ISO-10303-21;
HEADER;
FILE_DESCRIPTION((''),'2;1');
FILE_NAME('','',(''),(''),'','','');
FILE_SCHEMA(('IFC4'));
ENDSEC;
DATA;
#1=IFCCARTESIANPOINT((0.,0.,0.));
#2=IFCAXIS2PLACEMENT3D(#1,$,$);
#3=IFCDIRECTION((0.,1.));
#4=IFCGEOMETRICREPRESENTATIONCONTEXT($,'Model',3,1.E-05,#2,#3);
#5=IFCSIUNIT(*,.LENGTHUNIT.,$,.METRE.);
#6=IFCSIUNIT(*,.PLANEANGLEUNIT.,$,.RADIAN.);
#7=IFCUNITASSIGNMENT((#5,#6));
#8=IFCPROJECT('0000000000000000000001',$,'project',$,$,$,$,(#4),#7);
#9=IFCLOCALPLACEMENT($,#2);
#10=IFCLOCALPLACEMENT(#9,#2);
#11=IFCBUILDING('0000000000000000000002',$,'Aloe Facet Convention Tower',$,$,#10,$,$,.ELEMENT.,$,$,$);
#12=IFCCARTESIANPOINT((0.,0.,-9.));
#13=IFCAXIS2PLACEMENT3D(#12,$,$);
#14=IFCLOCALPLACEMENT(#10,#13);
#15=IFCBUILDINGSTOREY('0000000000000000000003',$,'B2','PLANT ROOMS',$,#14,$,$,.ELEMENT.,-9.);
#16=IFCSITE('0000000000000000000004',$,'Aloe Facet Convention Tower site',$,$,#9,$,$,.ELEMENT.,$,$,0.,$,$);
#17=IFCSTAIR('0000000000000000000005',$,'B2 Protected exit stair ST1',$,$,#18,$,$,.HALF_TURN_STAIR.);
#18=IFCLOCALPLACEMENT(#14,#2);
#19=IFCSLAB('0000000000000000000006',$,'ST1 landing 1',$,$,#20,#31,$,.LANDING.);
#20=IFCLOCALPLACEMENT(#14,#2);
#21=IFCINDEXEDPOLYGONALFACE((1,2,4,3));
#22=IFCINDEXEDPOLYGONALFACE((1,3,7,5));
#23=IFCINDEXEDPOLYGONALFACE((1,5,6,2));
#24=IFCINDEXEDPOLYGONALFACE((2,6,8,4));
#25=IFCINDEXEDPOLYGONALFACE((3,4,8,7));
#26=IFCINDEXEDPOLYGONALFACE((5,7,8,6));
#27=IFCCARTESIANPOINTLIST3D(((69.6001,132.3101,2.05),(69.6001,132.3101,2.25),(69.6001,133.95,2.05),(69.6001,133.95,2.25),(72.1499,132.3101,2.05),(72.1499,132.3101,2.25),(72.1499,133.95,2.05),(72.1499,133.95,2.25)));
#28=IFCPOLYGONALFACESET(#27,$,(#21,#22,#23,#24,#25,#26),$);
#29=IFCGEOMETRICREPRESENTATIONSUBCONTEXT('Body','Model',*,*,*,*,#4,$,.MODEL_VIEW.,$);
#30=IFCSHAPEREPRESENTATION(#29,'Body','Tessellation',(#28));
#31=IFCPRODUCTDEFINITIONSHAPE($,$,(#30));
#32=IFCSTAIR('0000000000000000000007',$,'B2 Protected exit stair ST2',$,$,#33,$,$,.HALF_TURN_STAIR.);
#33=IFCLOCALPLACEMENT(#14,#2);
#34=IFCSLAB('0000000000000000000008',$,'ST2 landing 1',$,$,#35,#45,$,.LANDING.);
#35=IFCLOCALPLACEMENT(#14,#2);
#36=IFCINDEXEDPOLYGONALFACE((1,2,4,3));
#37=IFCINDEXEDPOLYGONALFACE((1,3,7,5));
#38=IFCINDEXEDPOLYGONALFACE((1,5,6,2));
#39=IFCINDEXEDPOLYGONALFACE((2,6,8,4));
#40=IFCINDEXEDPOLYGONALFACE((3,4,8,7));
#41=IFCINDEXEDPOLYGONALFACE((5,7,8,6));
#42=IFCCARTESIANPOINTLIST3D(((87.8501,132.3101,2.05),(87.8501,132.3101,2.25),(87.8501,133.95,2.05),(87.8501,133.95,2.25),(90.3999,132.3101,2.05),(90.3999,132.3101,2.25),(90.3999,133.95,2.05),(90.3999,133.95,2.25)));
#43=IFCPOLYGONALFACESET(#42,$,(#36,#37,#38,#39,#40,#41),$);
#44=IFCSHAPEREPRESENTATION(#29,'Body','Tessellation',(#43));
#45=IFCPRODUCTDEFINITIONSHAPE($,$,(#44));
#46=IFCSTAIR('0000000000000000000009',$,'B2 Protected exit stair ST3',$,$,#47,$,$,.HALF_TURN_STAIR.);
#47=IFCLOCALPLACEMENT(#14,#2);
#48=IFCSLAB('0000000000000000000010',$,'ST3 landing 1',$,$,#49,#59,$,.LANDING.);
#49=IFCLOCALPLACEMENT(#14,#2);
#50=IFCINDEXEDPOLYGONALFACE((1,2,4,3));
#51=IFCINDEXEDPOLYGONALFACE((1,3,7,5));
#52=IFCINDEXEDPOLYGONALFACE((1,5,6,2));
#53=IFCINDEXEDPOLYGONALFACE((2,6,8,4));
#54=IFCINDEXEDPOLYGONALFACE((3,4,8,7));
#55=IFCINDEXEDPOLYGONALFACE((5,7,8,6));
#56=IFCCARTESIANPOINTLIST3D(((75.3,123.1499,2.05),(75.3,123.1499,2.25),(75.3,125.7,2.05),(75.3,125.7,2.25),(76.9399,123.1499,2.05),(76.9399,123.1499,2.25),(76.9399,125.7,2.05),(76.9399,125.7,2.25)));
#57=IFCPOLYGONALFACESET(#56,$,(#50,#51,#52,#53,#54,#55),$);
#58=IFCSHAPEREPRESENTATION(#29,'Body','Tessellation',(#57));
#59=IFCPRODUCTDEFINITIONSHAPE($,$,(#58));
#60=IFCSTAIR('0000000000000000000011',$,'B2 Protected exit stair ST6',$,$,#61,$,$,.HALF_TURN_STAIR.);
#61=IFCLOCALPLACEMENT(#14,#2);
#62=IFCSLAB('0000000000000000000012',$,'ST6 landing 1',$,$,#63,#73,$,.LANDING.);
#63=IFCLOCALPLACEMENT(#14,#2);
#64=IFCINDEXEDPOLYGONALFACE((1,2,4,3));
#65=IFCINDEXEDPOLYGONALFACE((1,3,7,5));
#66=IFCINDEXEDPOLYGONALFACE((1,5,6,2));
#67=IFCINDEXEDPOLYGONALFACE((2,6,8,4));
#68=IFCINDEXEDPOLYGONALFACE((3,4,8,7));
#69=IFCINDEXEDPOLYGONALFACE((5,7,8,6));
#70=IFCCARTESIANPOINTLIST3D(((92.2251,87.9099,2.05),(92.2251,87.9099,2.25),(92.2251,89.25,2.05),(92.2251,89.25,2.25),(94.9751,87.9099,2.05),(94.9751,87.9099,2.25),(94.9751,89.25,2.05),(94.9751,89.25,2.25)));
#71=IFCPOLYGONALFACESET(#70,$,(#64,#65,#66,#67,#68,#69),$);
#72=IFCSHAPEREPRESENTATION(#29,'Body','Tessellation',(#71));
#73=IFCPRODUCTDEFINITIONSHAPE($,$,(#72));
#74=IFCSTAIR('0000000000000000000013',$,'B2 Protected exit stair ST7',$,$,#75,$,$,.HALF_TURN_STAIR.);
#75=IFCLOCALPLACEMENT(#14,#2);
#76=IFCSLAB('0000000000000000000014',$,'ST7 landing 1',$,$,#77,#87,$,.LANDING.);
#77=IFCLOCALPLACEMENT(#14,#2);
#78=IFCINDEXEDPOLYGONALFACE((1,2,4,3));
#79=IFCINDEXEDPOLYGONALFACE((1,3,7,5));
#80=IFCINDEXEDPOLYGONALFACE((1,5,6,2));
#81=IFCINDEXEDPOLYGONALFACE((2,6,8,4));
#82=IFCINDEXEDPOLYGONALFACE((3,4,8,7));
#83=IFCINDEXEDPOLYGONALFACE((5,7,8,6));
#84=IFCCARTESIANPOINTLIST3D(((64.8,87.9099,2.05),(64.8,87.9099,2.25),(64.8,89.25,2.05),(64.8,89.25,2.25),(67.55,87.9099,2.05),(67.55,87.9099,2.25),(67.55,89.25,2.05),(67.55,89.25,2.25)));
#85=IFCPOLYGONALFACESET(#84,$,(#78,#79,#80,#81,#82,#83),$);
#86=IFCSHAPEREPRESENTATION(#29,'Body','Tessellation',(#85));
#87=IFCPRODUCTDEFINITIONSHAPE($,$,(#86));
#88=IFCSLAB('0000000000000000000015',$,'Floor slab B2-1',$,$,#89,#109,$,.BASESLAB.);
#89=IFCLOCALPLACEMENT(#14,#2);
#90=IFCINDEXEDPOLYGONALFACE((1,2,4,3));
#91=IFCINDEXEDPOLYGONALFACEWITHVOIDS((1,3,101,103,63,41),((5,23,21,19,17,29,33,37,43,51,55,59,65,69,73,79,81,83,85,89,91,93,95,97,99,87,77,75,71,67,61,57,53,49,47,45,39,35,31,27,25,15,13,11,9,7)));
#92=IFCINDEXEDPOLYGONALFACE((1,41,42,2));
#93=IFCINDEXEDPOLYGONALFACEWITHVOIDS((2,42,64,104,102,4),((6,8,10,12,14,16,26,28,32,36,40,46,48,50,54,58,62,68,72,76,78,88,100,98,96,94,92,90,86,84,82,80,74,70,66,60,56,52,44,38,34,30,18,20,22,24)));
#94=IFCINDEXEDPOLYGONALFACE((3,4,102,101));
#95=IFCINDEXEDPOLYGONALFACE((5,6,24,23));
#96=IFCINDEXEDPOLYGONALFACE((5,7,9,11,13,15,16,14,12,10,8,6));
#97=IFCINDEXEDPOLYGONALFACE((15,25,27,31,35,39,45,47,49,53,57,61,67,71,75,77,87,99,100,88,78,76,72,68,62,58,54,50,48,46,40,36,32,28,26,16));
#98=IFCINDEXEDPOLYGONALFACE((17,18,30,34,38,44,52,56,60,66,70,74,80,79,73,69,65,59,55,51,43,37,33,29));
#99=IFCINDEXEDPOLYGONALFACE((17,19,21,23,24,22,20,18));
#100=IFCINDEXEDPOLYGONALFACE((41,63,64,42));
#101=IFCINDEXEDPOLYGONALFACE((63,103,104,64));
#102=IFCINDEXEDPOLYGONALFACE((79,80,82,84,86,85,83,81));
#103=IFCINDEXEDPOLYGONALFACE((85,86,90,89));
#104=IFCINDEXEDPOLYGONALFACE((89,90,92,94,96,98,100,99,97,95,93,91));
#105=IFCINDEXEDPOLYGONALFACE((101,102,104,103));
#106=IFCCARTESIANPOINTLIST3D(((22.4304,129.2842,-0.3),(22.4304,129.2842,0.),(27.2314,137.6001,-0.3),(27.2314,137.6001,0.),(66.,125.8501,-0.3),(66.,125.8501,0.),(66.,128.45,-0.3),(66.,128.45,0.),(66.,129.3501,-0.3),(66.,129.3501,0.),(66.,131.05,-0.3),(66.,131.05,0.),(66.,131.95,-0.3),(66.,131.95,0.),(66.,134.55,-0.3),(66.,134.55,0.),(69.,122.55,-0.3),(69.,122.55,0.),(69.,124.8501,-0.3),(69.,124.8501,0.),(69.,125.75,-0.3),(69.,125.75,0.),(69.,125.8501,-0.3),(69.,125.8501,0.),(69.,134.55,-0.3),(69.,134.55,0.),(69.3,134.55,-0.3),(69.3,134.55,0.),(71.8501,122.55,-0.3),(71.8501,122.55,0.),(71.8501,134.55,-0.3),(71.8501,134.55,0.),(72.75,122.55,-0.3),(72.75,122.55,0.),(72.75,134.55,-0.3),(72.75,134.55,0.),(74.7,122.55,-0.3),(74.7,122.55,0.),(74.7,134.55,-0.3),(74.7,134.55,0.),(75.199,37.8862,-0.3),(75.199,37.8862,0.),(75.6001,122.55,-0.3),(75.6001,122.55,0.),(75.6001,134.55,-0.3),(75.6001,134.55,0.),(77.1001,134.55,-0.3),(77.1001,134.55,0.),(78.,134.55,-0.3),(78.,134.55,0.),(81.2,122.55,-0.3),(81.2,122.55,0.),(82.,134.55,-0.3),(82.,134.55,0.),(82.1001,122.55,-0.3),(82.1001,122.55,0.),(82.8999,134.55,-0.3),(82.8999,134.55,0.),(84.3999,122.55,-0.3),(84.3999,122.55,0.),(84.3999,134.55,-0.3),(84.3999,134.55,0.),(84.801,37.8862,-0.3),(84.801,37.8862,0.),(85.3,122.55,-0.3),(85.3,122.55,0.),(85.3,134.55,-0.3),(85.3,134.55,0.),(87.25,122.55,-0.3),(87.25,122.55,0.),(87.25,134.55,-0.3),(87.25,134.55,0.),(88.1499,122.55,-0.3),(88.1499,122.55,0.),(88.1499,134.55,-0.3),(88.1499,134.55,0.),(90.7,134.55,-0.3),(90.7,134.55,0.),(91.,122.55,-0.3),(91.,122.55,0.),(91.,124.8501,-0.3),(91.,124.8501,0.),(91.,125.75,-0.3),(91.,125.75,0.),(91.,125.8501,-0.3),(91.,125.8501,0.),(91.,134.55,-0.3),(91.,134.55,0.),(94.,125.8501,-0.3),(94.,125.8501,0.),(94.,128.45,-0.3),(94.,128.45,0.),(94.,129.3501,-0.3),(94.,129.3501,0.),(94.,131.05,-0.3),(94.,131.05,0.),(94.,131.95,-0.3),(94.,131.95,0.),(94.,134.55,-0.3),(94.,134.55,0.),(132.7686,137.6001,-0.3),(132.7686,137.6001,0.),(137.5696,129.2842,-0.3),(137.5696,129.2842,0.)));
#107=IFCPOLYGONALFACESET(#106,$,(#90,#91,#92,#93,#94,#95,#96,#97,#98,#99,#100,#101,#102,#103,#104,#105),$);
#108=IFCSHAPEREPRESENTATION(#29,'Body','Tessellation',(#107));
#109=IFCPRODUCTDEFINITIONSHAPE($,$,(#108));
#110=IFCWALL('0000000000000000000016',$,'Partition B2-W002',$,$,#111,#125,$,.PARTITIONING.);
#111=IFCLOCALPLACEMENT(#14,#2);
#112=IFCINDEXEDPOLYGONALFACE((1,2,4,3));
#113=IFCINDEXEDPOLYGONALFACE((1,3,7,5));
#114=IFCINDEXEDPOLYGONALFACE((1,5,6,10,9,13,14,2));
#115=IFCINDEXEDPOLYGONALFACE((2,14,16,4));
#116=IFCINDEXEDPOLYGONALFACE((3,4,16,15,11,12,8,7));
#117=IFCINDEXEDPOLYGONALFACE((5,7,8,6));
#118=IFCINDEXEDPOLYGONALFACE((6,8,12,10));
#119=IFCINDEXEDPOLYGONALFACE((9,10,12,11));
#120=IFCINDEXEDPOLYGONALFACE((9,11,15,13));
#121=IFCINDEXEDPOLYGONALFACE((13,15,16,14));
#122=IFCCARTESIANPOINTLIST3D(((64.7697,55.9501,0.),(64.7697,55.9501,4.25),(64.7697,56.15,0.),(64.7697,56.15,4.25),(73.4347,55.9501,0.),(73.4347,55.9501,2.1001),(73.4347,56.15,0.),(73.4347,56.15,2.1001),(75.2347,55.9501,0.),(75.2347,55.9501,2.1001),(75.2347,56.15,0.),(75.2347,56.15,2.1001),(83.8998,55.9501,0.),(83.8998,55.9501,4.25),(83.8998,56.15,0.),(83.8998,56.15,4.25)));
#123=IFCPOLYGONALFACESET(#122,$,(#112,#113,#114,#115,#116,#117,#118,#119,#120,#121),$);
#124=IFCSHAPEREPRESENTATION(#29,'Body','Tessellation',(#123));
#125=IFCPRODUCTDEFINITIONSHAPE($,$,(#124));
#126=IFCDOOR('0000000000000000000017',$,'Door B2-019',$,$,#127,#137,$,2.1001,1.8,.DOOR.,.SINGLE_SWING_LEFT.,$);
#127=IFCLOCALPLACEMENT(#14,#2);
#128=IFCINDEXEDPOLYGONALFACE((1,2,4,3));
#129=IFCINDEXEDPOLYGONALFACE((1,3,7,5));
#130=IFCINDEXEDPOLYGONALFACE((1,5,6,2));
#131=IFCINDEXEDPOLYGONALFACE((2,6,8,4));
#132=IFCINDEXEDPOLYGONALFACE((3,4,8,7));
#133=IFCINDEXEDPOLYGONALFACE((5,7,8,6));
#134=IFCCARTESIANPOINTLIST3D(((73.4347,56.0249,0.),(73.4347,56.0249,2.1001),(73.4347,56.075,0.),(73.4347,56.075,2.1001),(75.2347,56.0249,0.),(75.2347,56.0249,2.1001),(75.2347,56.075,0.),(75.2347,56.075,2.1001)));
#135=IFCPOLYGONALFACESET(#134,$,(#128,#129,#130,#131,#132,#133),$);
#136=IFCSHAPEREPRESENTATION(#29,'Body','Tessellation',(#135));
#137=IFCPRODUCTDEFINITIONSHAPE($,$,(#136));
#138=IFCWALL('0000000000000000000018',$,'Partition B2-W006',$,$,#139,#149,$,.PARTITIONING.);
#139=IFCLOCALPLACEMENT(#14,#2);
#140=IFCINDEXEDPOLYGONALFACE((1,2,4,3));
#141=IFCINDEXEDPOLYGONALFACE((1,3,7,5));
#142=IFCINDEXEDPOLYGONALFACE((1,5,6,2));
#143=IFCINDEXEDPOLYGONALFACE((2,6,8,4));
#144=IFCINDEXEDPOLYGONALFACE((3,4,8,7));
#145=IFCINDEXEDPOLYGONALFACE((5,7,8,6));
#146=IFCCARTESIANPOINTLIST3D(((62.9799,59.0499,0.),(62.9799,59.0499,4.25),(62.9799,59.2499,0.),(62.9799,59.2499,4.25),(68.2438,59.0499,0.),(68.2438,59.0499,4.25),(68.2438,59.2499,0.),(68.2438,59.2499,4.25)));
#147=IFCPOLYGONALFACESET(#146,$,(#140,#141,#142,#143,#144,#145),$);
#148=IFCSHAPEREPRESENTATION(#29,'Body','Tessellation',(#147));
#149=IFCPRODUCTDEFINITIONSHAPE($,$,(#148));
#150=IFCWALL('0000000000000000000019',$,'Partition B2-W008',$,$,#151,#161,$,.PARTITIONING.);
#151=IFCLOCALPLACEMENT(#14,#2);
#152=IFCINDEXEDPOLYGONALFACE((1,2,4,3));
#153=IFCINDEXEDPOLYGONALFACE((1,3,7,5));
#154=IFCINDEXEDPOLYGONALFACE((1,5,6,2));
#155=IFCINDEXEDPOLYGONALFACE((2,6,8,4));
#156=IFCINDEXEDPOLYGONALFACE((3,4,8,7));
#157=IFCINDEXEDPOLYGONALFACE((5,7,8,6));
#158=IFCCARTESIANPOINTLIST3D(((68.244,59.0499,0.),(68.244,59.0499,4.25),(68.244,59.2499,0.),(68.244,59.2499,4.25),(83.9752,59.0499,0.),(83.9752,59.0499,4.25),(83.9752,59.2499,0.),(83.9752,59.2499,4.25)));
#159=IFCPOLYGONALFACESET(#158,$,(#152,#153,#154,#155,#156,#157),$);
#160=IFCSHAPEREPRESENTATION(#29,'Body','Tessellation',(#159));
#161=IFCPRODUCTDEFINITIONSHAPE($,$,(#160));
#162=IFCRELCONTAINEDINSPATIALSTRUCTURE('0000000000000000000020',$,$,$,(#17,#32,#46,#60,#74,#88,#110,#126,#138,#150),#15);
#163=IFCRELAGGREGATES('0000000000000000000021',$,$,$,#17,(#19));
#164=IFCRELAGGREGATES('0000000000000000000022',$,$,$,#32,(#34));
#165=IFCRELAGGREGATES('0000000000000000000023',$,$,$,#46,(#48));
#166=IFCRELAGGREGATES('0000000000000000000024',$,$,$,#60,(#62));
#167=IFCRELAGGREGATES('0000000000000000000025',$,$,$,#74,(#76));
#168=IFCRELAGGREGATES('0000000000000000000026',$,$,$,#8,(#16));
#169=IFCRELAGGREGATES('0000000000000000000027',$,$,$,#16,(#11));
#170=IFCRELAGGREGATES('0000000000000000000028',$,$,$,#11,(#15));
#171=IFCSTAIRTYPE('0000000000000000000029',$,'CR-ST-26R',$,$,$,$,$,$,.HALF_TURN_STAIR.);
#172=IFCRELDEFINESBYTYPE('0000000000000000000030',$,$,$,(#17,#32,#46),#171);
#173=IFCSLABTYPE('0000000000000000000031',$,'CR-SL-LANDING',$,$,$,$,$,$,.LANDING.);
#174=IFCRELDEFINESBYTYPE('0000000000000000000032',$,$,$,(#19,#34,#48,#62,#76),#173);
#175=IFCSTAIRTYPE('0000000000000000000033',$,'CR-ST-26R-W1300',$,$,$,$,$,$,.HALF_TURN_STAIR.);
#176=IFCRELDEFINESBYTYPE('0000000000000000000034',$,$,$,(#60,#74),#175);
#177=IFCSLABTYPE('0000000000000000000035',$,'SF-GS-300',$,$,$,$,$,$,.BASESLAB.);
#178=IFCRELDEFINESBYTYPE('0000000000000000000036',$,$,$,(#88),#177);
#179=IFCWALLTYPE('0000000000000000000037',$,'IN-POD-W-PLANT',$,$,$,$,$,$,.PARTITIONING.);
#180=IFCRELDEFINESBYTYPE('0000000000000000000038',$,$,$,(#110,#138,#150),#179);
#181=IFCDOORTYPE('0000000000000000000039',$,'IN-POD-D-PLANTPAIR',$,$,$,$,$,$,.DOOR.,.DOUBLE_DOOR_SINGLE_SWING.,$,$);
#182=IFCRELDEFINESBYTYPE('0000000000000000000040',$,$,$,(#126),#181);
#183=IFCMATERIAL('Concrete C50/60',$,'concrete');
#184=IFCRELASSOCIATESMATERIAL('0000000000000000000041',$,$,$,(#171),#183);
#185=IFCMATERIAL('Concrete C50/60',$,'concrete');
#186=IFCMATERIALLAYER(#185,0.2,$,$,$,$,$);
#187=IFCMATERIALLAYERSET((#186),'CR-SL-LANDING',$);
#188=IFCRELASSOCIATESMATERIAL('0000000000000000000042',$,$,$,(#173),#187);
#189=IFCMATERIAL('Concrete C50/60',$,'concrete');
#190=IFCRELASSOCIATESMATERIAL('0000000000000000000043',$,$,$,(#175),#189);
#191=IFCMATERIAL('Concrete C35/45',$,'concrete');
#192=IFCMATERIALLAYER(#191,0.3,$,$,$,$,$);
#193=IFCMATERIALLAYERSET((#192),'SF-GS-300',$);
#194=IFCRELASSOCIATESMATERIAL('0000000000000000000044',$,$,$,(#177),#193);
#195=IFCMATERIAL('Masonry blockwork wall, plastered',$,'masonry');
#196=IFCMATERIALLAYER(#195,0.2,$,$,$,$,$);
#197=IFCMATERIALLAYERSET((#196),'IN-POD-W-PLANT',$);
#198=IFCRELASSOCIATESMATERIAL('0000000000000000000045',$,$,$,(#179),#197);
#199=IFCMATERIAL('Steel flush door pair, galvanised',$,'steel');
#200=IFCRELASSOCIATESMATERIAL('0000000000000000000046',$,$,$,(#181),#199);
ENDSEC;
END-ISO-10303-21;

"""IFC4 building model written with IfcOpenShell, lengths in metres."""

from ifc_helpers import new_model, si_unit, direction, frame, frame_2d, origin, place, context, subcontext, project, spatial, polyline, rectangle, outline, extrude, material, layer, layer_set, type_object, element, fill, aggregate, save


model = new_model("IFC4")

# Units and contexts
model_context = context("Model", 3, precision=1e-05, world=origin(), true_north=direction((0.0, 1.0)))
body_context = subcontext(model_context, "Body", "Model", "MODEL_VIEW")
ifc_project = project(units=[si_unit("LENGTHUNIT", "METRE"), si_unit("PLANEANGLEUNIT", "RADIAN")], contexts=[model_context])

# Site, building, storey
site_placement = place(None, origin())
site = spatial("IfcSite", under=ifc_project, at=site_placement, Name="Aloe Facet Convention Tower site", CompositionType="ELEMENT", RefElevation=0.0)
building_placement = place(site_placement, origin())
building = spatial("IfcBuilding", under=site, at=building_placement, Name="Aloe Facet Convention Tower", CompositionType="ELEMENT")
storey_placement = place(building_placement, frame((0.0, 0.0, -9.0)))
storey = spatial("IfcBuildingStorey", under=building, at=storey_placement, Name="B2", Description="PLANT ROOMS", CompositionType="ELEMENT", Elevation=-9.0)

# Stairs, slabs
ifc_material_1 = material(Name="Concrete C50/60", Category="concrete")
stair_type_1 = type_object("IfcStairType", Name="CR-ST-26R", PredefinedType="HALF_TURN_STAIR", material=ifc_material_1)
stair_1_placement = place(storey_placement, origin())
stair_1 = element("IfcStair", 1, at=stair_1_placement, inside=storey, type_object=stair_type_1, Name="B2 Protected exit stair ST1", PredefinedType="HALF_TURN_STAIR")
ifc_material_2 = material(Name="Concrete C50/60", Category="concrete")
ifc_layer_1 = layer(ifc_material_2, 0.2)
ifc_layer_set_1 = layer_set([ifc_layer_1], Name="CR-SL-LANDING")
slab_type_1 = type_object("IfcSlabType", Name="CR-SL-LANDING", PredefinedType="LANDING", material=ifc_layer_set_1)
slab_1_placement = place(storey_placement, frame((0.0, 0.0, 2.05)))
slab_1 = element("IfcSlab", 2, at=slab_1_placement, type_object=slab_type_1, Name="ST1 landing 1", PredefinedType="LANDING", context=body_context, shape_type="SweptSolid", body=[
    extrude(outline(polyline([(72.1499, 132.3101), (72.1499, 133.95), (69.6001, 133.95), (69.6001, 132.3101), (72.1499, 132.3101)])), origin(), (0.0, 0.0, 1.0), 0.2),
])
aggregate(stair_1, [slab_1])
stair_2_placement = place(storey_placement, origin())
stair_2 = element("IfcStair", 3, at=stair_2_placement, inside=storey, type_object=stair_type_1, Name="B2 Protected exit stair ST2", PredefinedType="HALF_TURN_STAIR")
slab_2_placement = place(storey_placement, frame((0.0, 0.0, 2.05)))
slab_2 = element("IfcSlab", 4, at=slab_2_placement, type_object=slab_type_1, Name="ST2 landing 1", PredefinedType="LANDING", context=body_context, shape_type="SweptSolid", body=[
    extrude(outline(polyline([(90.3999, 132.3101), (90.3999, 133.95), (87.8501, 133.95), (87.8501, 132.3101), (90.3999, 132.3101)])), origin(), (0.0, 0.0, 1.0), 0.2),
])
aggregate(stair_2, [slab_2])
stair_3_placement = place(storey_placement, origin())
stair_3 = element("IfcStair", 5, at=stair_3_placement, inside=storey, type_object=stair_type_1, Name="B2 Protected exit stair ST3", PredefinedType="HALF_TURN_STAIR")
slab_3_placement = place(storey_placement, frame((0.0, 0.0, 2.05)))
slab_3 = element("IfcSlab", 6, at=slab_3_placement, type_object=slab_type_1, Name="ST3 landing 1", PredefinedType="LANDING", context=body_context, shape_type="SweptSolid", body=[
    extrude(outline(polyline([(76.9399, 125.7), (75.3, 125.7), (75.3, 123.1499), (76.9399, 123.1499), (76.9399, 125.7)])), origin(), (0.0, 0.0, 1.0), 0.2),
])
aggregate(stair_3, [slab_3])
ifc_material_3 = material(Name="Concrete C50/60", Category="concrete")
stair_type_2 = type_object("IfcStairType", Name="CR-ST-26R-W1300", PredefinedType="HALF_TURN_STAIR", material=ifc_material_3)
stair_4_placement = place(storey_placement, origin())
stair_4 = element("IfcStair", 7, at=stair_4_placement, inside=storey, type_object=stair_type_2, Name="B2 Protected exit stair ST6", PredefinedType="HALF_TURN_STAIR")
slab_4_placement = place(storey_placement, frame((0.0, 0.0, 2.05)))
slab_4 = element("IfcSlab", 8, at=slab_4_placement, type_object=slab_type_1, Name="ST6 landing 1", PredefinedType="LANDING", context=body_context, shape_type="SweptSolid", body=[
    extrude(outline(polyline([(94.9751, 87.9099), (94.9751, 89.25), (92.2251, 89.25), (92.2251, 87.9099), (94.9751, 87.9099)])), origin(), (0.0, 0.0, 1.0), 0.2),
])
aggregate(stair_4, [slab_4])
stair_5_placement = place(storey_placement, origin())
stair_5 = element("IfcStair", 9, at=stair_5_placement, inside=storey, type_object=stair_type_2, Name="B2 Protected exit stair ST7", PredefinedType="HALF_TURN_STAIR")
slab_5_placement = place(storey_placement, frame((0.0, 0.0, 2.05)))
slab_5 = element("IfcSlab", 10, at=slab_5_placement, type_object=slab_type_1, Name="ST7 landing 1", PredefinedType="LANDING", context=body_context, shape_type="SweptSolid", body=[
    extrude(outline(polyline([(67.55, 87.9099), (67.55, 89.25), (64.8, 89.25), (64.8, 87.9099), (67.55, 87.9099)])), origin(), (0.0, 0.0, 1.0), 0.2),
])
aggregate(stair_5, [slab_5])

# Slab
ifc_material_4 = material(Name="Concrete C35/45", Category="concrete")
ifc_layer_2 = layer(ifc_material_4, 0.3)
ifc_layer_set_2 = layer_set([ifc_layer_2], Name="SF-GS-300")
slab_type_2 = type_object("IfcSlabType", Name="SF-GS-300", PredefinedType="BASESLAB", material=ifc_layer_set_2)
slab_6_placement = place(storey_placement, frame((0.0, 0.0, -0.3)))
element("IfcSlab", 11, at=slab_6_placement, inside=storey, type_object=slab_type_2, Name="Floor slab B2-1", PredefinedType="BASESLAB", context=body_context, shape_type="SweptSolid", body=[
    extrude(outline(polyline([(84.801, 37.8862), (75.199, 37.8862), (22.4304, 129.2842), (27.2314, 137.6001), (132.7686, 137.6001), (137.5696, 129.2842), (84.801, 37.8862)]), holes=[polyline([(66.0, 131.95), (66.0, 131.05), (66.0, 129.3501), (66.0, 128.45), (66.0, 125.8501), (69.0, 125.8501), (69.0, 125.75), (69.0, 124.8501), (69.0, 122.55), (71.8501, 122.55), (72.75, 122.55), (74.7, 122.55), (75.6001, 122.55), (81.2, 122.55), (82.1001, 122.55), (84.3999, 122.55), (85.3, 122.55), (87.25, 122.55), (88.1499, 122.55), (91.0, 122.55), (91.0, 124.8501), (91.0, 125.75), (91.0, 125.8501), (94.0, 125.8501), (94.0, 128.45), (94.0, 129.3501), (94.0, 131.05), (94.0, 131.95), (94.0, 134.55), (91.0, 134.55), (90.7, 134.55), (88.1499, 134.55), (87.25, 134.55), (85.3, 134.55), (84.3999, 134.55), (82.8999, 134.55), (82.0, 134.55), (78.0, 134.55), (77.1001, 134.55), (75.6001, 134.55), (74.7, 134.55), (72.75, 134.55), (71.8501, 134.55), (69.3, 134.55), (69.0, 134.55), (66.0, 134.55), (66.0, 131.95)])]), origin(), (0.0, 0.0, 1.0), 0.3),
])

# Wall, opening, door
ifc_material_5 = material(Name="Masonry blockwork wall, plastered", Category="masonry")
ifc_layer_3 = layer(ifc_material_5, 0.2)
ifc_layer_set_3 = layer_set([ifc_layer_3], Name="IN-POD-W-PLANT")
wall_type = type_object("IfcWallType", Name="IN-POD-W-PLANT", PredefinedType="PARTITIONING", material=ifc_layer_set_3)
wall_1_placement = place(storey_placement, frame((64.7698, 56.05, 0.0), z_axis=(0.0, 0.0, 1.0), x_axis=(1.0, 0.0, 0.0)))
wall_1 = element("IfcWall", 12, at=wall_1_placement, inside=storey, type_object=wall_type, Name="Partition B2-W002", PredefinedType="PARTITIONING", context=body_context, shape_type="SweptSolid", body=[
    extrude(rectangle(XDim=19.1301, YDim=0.2, at=frame_2d((9.5649, 0.0))), origin(), (0.0, 0.0, 1.0), 4.25),
])
opening_placement = place(wall_1_placement, frame((8.665, 0.0, 0.0)))
opening = element("IfcOpeningElement", 13, at=opening_placement, cuts=wall_1, PredefinedType="OPENING", context=body_context, shape_type="SweptSolid", body=[
    extrude(rectangle(XDim=1.8, YDim=2.1001, at=frame_2d((0.8999, 1.05))), frame((0.0, 0.1099, 0.0), z_axis=(0.0, -1.0, 0.0), x_axis=(1.0, 0.0, 0.0)), (0.0, 0.0, 1.0), 0.22),
])
ifc_material_6 = material(Name="Steel flush door pair, galvanised", Category="steel")
door_type = type_object("IfcDoorType", Name="IN-POD-D-PLANTPAIR", OperationType="DOUBLE_DOOR_SINGLE_SWING", PredefinedType="DOOR", material=ifc_material_6)
door_placement = place(opening_placement, origin())
door = element("IfcDoor", 14, at=door_placement, inside=storey, type_object=door_type, Name="Door B2-019", OperationType="SINGLE_SWING_LEFT", OverallHeight=2.1001, OverallWidth=1.8, PredefinedType="DOOR", context=body_context, shape_type="SweptSolid", body=[
    extrude(rectangle(XDim=1.8, YDim=2.1001, at=frame_2d((0.8999, 1.05))), frame((0.0, 0.0249, 0.0), z_axis=(0.0, -1.0, 0.0), x_axis=(1.0, 0.0, 0.0)), (0.0, 0.0, 1.0), 0.05),
])
fill(opening, door)

# Walls
wall_2_placement = place(storey_placement, frame((62.98, 59.1499, 0.0), z_axis=(0.0, 0.0, 1.0), x_axis=(1.0, 0.0, 0.0)))
element("IfcWall", 15, at=wall_2_placement, inside=storey, type_object=wall_type, Name="Partition B2-W006", PredefinedType="PARTITIONING", context=body_context, shape_type="SweptSolid", body=[
    extrude(rectangle(XDim=5.2639, YDim=0.2, at=frame_2d((2.6318, 0.0))), origin(), (0.0, 0.0, 1.0), 4.25),
])
wall_3_placement = place(storey_placement, frame((68.2439, 59.1499, 0.0), z_axis=(0.0, 0.0, 1.0), x_axis=(1.0, 0.0, 0.0)))
element("IfcWall", 16, at=wall_3_placement, inside=storey, type_object=wall_type, Name="Partition B2-W008", PredefinedType="PARTITIONING", context=body_context, shape_type="SweptSolid", body=[
    extrude(rectangle(XDim=15.7312, YDim=0.2, at=frame_2d((7.8657, 0.0))), origin(), (0.0, 0.0, 1.0), 4.25),
])

save(model, "model.ifc")
